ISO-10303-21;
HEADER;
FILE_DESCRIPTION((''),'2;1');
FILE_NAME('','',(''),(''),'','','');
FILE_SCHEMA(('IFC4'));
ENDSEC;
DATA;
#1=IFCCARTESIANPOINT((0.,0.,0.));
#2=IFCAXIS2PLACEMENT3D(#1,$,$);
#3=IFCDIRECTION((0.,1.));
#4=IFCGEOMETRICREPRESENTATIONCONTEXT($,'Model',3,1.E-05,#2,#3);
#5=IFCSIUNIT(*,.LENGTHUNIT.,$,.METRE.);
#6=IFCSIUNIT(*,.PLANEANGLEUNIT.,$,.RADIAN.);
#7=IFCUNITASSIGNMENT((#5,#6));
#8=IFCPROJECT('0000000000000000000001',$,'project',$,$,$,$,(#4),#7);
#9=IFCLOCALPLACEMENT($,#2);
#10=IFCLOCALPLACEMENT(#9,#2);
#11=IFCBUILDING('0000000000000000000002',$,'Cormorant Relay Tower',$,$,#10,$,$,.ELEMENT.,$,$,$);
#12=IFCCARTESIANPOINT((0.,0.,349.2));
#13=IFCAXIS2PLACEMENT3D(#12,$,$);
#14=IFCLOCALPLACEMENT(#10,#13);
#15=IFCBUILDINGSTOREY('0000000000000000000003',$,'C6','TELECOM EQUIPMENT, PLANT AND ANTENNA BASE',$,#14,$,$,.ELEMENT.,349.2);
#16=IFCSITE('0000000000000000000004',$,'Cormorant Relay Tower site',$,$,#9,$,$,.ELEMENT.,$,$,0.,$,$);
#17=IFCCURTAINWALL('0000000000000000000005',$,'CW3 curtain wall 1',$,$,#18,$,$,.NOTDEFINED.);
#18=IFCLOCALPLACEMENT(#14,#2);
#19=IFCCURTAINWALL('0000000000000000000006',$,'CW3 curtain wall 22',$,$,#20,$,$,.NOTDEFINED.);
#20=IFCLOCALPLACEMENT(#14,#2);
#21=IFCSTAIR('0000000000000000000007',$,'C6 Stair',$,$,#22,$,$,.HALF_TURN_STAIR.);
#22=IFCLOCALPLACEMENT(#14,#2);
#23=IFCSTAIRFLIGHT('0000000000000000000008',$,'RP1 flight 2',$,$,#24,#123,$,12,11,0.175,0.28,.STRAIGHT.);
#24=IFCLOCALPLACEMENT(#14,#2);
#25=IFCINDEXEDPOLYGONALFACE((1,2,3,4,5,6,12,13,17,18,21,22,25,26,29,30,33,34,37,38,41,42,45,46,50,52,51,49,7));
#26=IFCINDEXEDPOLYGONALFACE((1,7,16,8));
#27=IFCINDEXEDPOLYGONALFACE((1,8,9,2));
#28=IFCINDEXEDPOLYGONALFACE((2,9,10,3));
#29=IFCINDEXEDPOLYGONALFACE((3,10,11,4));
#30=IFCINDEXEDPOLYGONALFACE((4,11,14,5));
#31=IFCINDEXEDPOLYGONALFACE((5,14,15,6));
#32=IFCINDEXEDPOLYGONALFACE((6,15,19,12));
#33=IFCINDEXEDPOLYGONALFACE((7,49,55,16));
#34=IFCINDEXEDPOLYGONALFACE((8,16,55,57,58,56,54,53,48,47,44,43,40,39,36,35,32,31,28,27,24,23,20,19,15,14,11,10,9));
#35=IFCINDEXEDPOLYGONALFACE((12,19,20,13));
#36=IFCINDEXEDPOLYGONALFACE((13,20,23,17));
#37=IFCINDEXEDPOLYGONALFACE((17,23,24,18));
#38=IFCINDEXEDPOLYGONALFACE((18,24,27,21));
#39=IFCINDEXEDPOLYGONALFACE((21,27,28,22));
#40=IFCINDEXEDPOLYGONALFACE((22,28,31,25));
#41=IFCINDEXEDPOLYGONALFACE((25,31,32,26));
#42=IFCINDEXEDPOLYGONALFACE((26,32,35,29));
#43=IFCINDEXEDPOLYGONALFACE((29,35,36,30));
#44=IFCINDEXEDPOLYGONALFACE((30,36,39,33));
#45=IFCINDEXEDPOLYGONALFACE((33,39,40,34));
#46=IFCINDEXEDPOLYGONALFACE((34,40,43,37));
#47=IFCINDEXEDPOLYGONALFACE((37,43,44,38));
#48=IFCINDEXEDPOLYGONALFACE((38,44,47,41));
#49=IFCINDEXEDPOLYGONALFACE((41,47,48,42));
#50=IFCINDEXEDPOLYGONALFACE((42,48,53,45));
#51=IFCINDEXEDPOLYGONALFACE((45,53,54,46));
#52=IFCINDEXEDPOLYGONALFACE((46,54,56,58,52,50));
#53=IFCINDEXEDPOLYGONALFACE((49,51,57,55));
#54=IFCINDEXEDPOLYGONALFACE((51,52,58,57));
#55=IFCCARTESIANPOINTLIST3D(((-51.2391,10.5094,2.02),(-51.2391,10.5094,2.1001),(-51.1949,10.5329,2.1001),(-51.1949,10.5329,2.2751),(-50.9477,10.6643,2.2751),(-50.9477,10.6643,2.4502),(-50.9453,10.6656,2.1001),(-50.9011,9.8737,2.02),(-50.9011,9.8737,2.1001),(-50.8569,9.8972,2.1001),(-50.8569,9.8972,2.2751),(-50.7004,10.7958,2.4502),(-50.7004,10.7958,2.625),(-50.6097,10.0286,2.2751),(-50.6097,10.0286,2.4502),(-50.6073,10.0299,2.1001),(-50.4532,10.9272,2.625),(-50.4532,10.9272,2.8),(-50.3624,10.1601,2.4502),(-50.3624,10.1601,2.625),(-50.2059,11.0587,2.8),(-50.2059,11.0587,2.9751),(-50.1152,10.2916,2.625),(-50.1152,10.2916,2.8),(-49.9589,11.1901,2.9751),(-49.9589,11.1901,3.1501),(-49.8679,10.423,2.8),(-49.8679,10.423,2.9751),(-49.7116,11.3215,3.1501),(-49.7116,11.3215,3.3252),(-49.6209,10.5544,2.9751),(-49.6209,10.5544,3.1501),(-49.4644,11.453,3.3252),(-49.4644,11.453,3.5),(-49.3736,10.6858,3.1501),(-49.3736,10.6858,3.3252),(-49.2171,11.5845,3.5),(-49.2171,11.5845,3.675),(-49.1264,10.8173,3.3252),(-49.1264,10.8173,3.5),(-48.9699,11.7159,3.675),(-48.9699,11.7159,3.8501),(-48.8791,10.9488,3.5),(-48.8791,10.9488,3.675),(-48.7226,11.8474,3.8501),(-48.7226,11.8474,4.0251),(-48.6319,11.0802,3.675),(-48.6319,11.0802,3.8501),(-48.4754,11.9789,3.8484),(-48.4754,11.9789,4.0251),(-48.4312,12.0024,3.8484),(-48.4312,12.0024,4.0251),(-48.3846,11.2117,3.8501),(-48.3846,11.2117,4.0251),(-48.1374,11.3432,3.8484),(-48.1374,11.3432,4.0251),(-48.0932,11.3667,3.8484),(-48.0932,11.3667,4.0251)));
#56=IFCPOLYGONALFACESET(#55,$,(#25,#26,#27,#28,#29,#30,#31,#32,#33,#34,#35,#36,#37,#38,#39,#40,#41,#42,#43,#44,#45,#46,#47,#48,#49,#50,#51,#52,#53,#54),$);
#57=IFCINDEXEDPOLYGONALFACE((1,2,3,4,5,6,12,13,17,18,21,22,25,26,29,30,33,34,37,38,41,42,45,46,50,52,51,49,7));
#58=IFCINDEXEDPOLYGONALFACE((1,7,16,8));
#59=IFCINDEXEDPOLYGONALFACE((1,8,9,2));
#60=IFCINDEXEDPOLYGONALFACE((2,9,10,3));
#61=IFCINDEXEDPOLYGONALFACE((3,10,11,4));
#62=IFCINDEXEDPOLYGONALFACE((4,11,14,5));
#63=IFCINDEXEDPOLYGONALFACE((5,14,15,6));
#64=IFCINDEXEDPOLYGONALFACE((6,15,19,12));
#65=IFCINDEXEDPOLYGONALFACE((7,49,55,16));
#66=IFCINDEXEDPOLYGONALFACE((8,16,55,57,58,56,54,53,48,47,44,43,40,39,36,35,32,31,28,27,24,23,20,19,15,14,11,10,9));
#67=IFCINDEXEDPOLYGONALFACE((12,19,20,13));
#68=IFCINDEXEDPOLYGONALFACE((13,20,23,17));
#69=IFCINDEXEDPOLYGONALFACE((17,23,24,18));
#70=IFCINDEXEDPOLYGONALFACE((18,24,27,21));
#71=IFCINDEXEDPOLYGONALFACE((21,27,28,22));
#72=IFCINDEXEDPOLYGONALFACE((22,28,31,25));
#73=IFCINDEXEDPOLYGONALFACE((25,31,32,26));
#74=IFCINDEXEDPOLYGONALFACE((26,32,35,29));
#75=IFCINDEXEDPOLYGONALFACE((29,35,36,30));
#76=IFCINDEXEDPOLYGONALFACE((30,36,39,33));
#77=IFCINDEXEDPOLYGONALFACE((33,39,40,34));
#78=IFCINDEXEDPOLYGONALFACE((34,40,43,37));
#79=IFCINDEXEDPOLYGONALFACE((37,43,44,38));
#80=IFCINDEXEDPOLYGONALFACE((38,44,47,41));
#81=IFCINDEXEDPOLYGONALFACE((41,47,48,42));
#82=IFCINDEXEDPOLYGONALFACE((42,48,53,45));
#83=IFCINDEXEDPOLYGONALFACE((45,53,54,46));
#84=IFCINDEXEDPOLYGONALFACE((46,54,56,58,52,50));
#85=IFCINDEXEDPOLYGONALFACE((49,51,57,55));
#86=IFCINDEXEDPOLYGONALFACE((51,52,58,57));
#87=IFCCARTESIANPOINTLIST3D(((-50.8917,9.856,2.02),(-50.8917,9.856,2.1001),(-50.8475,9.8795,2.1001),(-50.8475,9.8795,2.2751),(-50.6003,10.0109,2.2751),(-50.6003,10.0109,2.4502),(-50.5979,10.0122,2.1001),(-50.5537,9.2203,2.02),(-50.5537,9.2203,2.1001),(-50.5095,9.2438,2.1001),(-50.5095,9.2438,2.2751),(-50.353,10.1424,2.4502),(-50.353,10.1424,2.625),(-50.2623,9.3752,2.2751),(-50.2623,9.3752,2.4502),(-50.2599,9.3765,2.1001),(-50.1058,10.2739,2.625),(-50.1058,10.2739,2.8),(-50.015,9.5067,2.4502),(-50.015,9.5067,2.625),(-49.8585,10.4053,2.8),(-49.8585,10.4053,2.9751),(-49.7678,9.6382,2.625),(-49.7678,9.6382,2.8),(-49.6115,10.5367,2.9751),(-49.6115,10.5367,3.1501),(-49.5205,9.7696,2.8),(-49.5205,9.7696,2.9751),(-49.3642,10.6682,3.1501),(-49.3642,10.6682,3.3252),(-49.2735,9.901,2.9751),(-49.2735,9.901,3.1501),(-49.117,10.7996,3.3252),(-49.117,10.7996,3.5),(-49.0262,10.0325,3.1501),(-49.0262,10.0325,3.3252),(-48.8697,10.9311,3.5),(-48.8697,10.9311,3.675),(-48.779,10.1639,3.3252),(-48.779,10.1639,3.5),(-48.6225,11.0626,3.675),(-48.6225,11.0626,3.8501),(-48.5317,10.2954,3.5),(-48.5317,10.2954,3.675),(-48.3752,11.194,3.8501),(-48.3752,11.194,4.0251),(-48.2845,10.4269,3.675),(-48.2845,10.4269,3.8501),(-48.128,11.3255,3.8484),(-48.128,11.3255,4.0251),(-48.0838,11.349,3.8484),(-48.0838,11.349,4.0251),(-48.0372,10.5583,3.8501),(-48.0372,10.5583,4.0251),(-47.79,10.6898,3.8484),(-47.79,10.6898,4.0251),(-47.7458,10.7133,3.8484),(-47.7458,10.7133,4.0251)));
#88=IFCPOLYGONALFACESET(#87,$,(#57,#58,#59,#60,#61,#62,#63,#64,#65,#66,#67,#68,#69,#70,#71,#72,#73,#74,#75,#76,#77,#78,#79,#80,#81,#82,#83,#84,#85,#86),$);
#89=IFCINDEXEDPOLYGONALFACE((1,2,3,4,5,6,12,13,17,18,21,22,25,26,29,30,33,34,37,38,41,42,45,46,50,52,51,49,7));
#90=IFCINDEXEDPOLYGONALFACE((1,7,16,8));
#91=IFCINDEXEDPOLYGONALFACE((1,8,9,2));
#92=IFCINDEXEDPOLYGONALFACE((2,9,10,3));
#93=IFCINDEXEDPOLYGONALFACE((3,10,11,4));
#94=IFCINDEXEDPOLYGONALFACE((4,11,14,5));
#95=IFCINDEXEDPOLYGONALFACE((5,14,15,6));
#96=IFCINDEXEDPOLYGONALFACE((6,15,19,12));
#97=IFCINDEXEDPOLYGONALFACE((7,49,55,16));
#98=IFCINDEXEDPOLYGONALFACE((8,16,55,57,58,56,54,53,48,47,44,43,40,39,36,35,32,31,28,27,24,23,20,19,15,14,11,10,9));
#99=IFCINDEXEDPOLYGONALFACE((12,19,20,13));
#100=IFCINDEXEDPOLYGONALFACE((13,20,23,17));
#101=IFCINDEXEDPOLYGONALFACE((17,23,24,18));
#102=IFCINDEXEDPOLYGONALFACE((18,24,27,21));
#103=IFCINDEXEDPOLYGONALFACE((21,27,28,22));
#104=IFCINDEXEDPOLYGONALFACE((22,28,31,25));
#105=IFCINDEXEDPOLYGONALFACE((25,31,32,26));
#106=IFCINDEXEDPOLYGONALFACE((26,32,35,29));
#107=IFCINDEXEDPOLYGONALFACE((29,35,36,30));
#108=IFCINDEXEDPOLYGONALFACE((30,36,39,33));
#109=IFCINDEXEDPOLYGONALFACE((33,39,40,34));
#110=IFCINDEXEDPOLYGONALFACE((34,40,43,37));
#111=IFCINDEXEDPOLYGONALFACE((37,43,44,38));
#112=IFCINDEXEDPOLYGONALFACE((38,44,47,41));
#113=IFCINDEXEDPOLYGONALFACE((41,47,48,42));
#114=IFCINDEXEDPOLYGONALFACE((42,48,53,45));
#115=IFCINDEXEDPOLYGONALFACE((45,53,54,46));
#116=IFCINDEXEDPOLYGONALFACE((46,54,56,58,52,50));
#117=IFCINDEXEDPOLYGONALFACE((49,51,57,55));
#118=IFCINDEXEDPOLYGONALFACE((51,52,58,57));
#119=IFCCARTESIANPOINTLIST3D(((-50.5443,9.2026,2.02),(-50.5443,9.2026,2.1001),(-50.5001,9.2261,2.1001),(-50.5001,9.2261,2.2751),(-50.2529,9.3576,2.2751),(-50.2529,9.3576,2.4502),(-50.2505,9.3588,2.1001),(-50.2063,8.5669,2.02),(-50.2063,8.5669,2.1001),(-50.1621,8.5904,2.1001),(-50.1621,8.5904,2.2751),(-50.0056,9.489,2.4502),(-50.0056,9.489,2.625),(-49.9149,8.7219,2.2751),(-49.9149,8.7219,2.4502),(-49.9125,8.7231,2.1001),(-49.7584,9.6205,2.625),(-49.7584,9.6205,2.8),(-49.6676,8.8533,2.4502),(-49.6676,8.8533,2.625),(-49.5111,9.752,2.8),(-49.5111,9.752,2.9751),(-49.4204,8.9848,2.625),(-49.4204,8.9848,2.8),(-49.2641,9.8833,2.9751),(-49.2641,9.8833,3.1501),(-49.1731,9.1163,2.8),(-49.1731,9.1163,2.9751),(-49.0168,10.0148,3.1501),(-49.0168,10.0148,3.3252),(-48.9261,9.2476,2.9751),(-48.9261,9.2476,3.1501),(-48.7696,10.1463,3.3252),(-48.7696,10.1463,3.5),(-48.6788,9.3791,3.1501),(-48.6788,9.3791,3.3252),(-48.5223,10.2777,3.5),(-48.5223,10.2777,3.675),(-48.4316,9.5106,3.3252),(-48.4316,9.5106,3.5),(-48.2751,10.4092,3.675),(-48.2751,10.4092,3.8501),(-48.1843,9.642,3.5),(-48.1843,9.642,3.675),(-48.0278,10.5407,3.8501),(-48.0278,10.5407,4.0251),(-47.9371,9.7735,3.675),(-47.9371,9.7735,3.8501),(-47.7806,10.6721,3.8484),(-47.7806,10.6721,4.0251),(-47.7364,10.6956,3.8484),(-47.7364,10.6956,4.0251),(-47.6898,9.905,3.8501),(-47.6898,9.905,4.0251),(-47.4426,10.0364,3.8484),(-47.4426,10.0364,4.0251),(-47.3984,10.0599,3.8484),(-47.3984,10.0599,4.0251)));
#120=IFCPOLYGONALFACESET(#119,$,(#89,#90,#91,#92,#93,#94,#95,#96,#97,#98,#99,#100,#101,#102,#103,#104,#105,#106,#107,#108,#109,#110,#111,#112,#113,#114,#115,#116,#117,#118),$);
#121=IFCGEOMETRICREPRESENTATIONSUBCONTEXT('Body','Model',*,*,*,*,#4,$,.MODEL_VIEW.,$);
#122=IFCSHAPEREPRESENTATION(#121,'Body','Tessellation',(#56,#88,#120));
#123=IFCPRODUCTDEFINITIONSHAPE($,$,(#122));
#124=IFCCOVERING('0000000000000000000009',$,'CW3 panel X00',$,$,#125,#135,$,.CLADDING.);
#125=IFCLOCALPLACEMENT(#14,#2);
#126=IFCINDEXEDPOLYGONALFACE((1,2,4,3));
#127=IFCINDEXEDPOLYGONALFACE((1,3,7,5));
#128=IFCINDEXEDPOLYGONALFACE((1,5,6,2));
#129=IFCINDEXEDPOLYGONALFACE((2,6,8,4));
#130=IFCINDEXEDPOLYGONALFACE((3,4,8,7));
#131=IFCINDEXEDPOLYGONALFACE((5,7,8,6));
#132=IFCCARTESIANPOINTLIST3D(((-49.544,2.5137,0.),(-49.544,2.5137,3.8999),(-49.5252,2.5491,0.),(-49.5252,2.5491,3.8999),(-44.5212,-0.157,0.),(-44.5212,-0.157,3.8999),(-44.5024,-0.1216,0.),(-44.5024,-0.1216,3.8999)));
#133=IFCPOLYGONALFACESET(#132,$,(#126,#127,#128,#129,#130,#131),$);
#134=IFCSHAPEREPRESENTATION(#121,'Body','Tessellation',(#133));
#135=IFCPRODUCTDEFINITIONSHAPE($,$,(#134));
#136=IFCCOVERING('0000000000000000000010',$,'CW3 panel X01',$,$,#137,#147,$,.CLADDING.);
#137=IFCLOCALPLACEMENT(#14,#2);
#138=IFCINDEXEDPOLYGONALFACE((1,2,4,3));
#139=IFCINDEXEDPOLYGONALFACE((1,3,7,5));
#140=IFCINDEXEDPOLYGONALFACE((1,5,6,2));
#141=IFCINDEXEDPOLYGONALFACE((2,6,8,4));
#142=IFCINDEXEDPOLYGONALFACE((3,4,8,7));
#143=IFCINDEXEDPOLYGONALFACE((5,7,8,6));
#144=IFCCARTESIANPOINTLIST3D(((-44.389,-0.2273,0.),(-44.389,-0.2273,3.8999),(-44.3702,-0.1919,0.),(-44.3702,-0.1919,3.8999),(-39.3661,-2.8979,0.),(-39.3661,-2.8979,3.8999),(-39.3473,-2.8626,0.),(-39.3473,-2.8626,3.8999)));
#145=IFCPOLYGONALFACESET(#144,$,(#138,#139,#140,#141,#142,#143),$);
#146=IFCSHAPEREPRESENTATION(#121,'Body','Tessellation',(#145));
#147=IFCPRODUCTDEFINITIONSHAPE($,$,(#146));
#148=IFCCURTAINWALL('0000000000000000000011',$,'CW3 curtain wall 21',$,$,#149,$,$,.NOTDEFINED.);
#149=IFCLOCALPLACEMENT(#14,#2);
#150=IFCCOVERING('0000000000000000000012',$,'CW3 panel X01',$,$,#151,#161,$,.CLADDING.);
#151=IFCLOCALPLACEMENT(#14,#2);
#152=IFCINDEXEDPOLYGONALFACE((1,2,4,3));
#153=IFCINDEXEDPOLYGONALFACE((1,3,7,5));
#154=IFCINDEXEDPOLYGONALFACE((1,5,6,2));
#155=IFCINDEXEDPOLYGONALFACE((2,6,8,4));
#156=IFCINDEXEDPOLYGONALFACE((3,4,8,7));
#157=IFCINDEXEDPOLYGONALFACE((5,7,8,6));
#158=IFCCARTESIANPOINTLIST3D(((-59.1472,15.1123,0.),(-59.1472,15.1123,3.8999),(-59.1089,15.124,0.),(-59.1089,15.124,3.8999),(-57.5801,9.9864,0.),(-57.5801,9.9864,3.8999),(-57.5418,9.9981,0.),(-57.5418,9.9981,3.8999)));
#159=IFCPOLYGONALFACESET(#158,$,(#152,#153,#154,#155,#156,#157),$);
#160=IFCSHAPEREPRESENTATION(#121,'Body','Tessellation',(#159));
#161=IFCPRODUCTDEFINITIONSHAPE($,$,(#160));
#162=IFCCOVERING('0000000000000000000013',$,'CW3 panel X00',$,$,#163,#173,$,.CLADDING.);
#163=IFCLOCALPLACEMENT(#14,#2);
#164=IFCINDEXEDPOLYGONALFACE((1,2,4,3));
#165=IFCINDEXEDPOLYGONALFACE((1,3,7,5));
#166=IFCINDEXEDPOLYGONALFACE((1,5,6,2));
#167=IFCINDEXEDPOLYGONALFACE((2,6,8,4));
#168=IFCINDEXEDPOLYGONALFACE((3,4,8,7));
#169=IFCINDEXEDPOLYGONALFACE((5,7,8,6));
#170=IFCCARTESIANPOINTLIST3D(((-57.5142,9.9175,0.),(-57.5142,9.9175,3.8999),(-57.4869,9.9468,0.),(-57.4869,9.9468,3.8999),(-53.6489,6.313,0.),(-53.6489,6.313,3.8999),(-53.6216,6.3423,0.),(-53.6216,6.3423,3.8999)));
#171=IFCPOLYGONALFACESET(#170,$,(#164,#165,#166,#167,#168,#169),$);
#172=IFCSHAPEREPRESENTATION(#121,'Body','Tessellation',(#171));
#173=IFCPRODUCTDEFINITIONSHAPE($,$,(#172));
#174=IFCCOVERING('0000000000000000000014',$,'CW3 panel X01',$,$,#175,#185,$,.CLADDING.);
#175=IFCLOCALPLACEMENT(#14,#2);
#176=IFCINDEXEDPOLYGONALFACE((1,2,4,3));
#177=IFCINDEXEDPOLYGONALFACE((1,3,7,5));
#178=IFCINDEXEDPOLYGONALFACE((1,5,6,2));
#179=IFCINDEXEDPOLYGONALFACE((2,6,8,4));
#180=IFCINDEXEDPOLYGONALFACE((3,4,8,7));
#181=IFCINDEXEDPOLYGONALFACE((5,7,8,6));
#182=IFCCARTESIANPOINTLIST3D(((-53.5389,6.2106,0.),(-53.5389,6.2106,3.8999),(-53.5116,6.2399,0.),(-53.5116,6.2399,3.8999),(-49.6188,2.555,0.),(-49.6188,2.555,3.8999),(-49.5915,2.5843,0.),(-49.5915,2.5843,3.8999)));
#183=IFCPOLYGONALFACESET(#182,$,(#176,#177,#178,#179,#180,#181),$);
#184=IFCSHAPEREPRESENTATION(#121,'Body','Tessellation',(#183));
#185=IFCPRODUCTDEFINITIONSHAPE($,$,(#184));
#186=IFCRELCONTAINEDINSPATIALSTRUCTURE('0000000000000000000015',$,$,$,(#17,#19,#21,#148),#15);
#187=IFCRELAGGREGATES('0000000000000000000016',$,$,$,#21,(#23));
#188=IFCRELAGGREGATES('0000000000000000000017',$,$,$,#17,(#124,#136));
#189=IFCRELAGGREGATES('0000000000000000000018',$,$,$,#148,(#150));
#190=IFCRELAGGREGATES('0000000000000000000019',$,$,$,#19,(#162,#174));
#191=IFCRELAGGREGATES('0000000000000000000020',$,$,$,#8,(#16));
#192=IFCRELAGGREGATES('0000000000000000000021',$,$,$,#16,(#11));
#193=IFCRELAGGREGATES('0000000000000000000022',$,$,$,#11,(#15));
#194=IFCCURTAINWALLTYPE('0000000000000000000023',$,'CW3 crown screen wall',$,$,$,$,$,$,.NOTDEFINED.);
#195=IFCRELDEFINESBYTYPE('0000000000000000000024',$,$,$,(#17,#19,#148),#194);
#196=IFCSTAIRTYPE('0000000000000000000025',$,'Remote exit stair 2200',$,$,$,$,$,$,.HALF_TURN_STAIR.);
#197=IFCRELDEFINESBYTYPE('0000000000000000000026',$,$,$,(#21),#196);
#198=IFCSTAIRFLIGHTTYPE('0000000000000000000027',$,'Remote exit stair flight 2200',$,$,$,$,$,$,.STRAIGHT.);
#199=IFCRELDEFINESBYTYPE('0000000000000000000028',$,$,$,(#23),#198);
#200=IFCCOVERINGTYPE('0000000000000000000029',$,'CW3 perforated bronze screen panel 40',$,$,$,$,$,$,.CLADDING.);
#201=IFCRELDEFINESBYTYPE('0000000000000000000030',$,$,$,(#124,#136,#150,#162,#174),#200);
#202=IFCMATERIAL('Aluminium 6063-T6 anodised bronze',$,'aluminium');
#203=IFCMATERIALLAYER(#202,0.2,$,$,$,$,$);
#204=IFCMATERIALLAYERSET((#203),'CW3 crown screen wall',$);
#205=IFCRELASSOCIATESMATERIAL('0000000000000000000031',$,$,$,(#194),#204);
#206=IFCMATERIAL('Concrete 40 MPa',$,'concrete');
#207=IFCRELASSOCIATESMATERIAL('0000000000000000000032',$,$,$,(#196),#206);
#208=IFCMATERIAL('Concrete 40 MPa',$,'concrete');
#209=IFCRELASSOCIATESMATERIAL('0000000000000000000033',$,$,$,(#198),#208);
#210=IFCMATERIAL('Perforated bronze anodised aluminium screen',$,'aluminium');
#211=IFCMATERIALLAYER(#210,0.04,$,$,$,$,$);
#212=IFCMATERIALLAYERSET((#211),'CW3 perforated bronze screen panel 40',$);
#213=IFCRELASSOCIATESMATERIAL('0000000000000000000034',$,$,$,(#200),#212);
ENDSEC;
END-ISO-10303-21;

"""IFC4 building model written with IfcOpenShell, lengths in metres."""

from ifc_helpers import new_model, si_unit, direction, frame, origin, origin_2d, place, context, subcontext, project, spatial, polyline, rectangle, outline, extrude, material, layer, layer_set, type_object, element, aggregate, save


model = new_model("IFC4")

# Units and contexts
model_context = context("Model", 3, precision=1e-05, world=origin(), true_north=direction((0.0, 1.0)))
body_context = subcontext(model_context, "Body", "Model", "MODEL_VIEW")
ifc_project = project(units=[si_unit("LENGTHUNIT", "METRE"), si_unit("PLANEANGLEUNIT", "RADIAN")], contexts=[model_context])

# Site, building, storey
site_placement = place(None, origin())
site = spatial("IfcSite", under=ifc_project, at=site_placement, Name="Cormorant Relay Tower site", CompositionType="ELEMENT", RefElevation=0.0)
building_placement = place(site_placement, origin())
building = spatial("IfcBuilding", under=site, at=building_placement, Name="Cormorant Relay Tower", CompositionType="ELEMENT")
storey_placement = place(building_placement, frame((0.0, 0.0, 349.2)))
storey = spatial("IfcBuildingStorey", under=building, at=storey_placement, Name="C6", Description="TELECOM EQUIPMENT, PLANT AND ANTENNA BASE", CompositionType="ELEMENT", Elevation=349.2)

# Curtain walls
ifc_material_1 = material(Name="Aluminium 6063-T6 anodised bronze", Category="aluminium")
ifc_layer_1 = layer(ifc_material_1, 0.2)
ifc_layer_set_1 = layer_set([ifc_layer_1], Name="CW3 crown screen wall")
curtain_wall_type = type_object("IfcCurtainWallType", Name="CW3 crown screen wall", PredefinedType="NOTDEFINED", material=ifc_layer_set_1)
curtain_wall_1_placement = place(storey_placement, origin())
curtain_wall_1 = element("IfcCurtainWall", 1, at=curtain_wall_1_placement, inside=storey, type_object=curtain_wall_type, Name="CW3 curtain wall 1", PredefinedType="NOTDEFINED")
curtain_wall_2_placement = place(storey_placement, origin())
curtain_wall_2 = element("IfcCurtainWall", 2, at=curtain_wall_2_placement, inside=storey, type_object=curtain_wall_type, Name="CW3 curtain wall 22", PredefinedType="NOTDEFINED")

# Stair, stair flight
ifc_material_2 = material(Name="Concrete 40 MPa", Category="concrete")
stair_type_1 = type_object("IfcStairType", Name="Remote exit stair 2200", PredefinedType="HALF_TURN_STAIR", material=ifc_material_2)
stair_1_placement = place(storey_placement, origin())
stair_1 = element("IfcStair", 3, at=stair_1_placement, inside=storey, type_object=stair_type_1, Name="C6 Stair", PredefinedType="HALF_TURN_STAIR")
ifc_material_3 = material(Name="Concrete 40 MPa", Category="concrete")
stair_flight_type_1 = type_object("IfcStairFlightType", Name="Remote exit stair flight 2200", PredefinedType="STRAIGHT", material=ifc_material_3)
stair_flight_1_placement = place(storey_placement, frame((-50.6785, 9.5615, 2.1001), z_axis=(0.0, 0.0, 1.0), x_axis=(0.882948, 0.469472, 0.0)))
stair_flight_1 = element("IfcStairFlight", 4, at=stair_flight_1_placement, type_object=stair_flight_type_1, Name="RP1 flight 2", NumberOfRisers=12, NumberOfTreads=11, PredefinedType="STRAIGHT", RiserHeight=0.175, TreadLength=0.28, context=body_context, shape_type="SweptSolid", body=[
    extrude(outline(polyline([(-0.05, -0.0801), (-0.05, 0.0), (0.0, 0.0), (0.0, 0.175), (0.28, 0.175), (0.28, 0.3501), (0.5601, 0.3501), (0.5601, 0.5249), (0.8401, 0.5249), (0.8401, 0.7), (1.1201, 0.7), (1.1201, 0.875), (1.3999, 0.875), (1.3999, 1.05), (1.6799, 1.05), (1.6799, 1.2251), (1.96, 1.2251), (1.96, 1.3999), (2.24, 1.3999), (2.24, 1.575), (2.52, 1.575), (2.52, 1.75), (2.8, 1.75), (2.8, 1.925), (3.0801, 1.925), (3.1301, 1.925), (3.1301, 1.7483), (3.0801, 1.7483), (0.2827, 0.0), (-0.05, -0.0801)])), frame((0.0, 1.1001, 0.0), z_axis=(0.0, -1.0, 0.0), x_axis=(1.0, 0.0, 0.0)), (0.0, 0.0, 1.0), 0.72),
    extrude(outline(polyline([(-0.05, -0.0801), (-0.05, 0.0), (0.0, 0.0), (0.0, 0.175), (0.28, 0.175), (0.28, 0.3501), (0.5601, 0.3501), (0.5601, 0.5249), (0.8401, 0.5249), (0.8401, 0.7), (1.1201, 0.7), (1.1201, 0.875), (1.3999, 0.875), (1.3999, 1.05), (1.6799, 1.05), (1.6799, 1.2251), (1.96, 1.2251), (1.96, 1.3999), (2.24, 1.3999), (2.24, 1.575), (2.52, 1.575), (2.52, 1.75), (2.8, 1.75), (2.8, 1.925), (3.0801, 1.925), (3.1301, 1.925), (3.1301, 1.7483), (3.0801, 1.7483), (0.2827, 0.0), (-0.05, -0.0801)])), frame((0.0, 0.3601, 0.0), z_axis=(0.0, -1.0, 0.0), x_axis=(1.0, 0.0, 0.0)), (0.0, 0.0, 1.0), 0.72),
    extrude(outline(polyline([(-0.05, -0.0801), (-0.05, 0.0), (0.0, 0.0), (0.0, 0.175), (0.28, 0.175), (0.28, 0.3501), (0.5601, 0.3501), (0.5601, 0.5249), (0.8401, 0.5249), (0.8401, 0.7), (1.1201, 0.7), (1.1201, 0.875), (1.3999, 0.875), (1.3999, 1.05), (1.6799, 1.05), (1.6799, 1.2251), (1.96, 1.2251), (1.96, 1.3999), (2.24, 1.3999), (2.24, 1.575), (2.52, 1.575), (2.52, 1.75), (2.8, 1.75), (2.8, 1.925), (3.0801, 1.925), (3.1301, 1.925), (3.1301, 1.7483), (3.0801, 1.7483), (0.2827, 0.0), (-0.05, -0.0801)])), frame((0.0, -0.3799, 0.0), z_axis=(0.0, -1.0, 0.0), x_axis=(1.0, 0.0, 0.0)), (0.0, 0.0, 1.0), 0.72),
])
aggregate(stair_1, [stair_flight_1])

# Coverings
ifc_material_4 = material(Name="Perforated bronze anodised aluminium screen", Category="aluminium")
ifc_layer_2 = layer(ifc_material_4, 0.04)
ifc_layer_set_2 = layer_set([ifc_layer_2], Name="CW3 perforated bronze screen panel 40")
covering_type = type_object("IfcCoveringType", Name="CW3 perforated bronze screen panel 40", PredefinedType="CLADDING", material=ifc_layer_set_2)
covering_1_placement = place(storey_placement, frame((-47.0232, 1.196, 0.0), z_axis=(0.0, 0.0, 1.0), x_axis=(0.882948, -0.469472, 0.0)))
covering_1 = element("IfcCovering", 5, at=covering_1_placement, type_object=covering_type, Name="CW3 panel X00", PredefinedType="CLADDING", context=body_context, shape_type="SweptSolid", body=[
    extrude(rectangle(XDim=5.6887, YDim=0.04, at=origin_2d()), origin(), (0.0, 0.0, 1.0), 3.8999),
])
covering_2_placement = place(storey_placement, frame((-41.8682, -1.5449, 0.0), z_axis=(0.0, 0.0, 1.0), x_axis=(0.882948, -0.469472, 0.0)))
covering_2 = element("IfcCovering", 6, at=covering_2_placement, type_object=covering_type, Name="CW3 panel X01", PredefinedType="CLADDING", context=body_context, shape_type="SweptSolid", body=[
    extrude(rectangle(XDim=5.6887, YDim=0.04, at=origin_2d()), origin(), (0.0, 0.0, 1.0), 3.8999),
])
aggregate(curtain_wall_1, [covering_1, covering_2])

# Curtain wall, covering
curtain_wall_3_placement = place(storey_placement, origin())
curtain_wall_3 = element("IfcCurtainWall", 7, at=curtain_wall_3_placement, inside=storey, type_object=curtain_wall_type, Name="CW3 curtain wall 21", PredefinedType="NOTDEFINED")
covering_3_placement = place(storey_placement, frame((-58.3445, 12.5552, 0.0), z_axis=(0.0, 0.0, 1.0), x_axis=(0.292372, -0.956305, 0.0)))
covering_3 = element("IfcCovering", 8, at=covering_3_placement, type_object=covering_type, Name="CW3 panel X01", PredefinedType="CLADDING", context=body_context, shape_type="SweptSolid", body=[
    extrude(rectangle(XDim=5.3601, YDim=0.04, at=origin_2d()), origin(), (0.0, 0.0, 1.0), 3.8999),
])
aggregate(curtain_wall_3, [covering_3])

# Coverings
covering_4_placement = place(storey_placement, frame((-55.5679, 8.1299, 0.0), z_axis=(0.0, 0.0, 1.0), x_axis=(0.731354, -0.681998, 0.0)))
covering_4 = element("IfcCovering", 9, at=covering_4_placement, type_object=covering_type, Name="CW3 panel X00", PredefinedType="CLADDING", context=body_context, shape_type="SweptSolid", body=[
    extrude(rectangle(XDim=5.2852, YDim=0.04, at=origin_2d()), origin(), (0.0, 0.0, 1.0), 3.8999),
])
covering_5_placement = place(storey_placement, frame((-51.5652, 4.3975, 0.0), z_axis=(0.0, 0.0, 1.0), x_axis=(0.731354, -0.681998, 0.0)))
covering_5 = element("IfcCovering", 10, at=covering_5_placement, type_object=covering_type, Name="CW3 panel X01", PredefinedType="CLADDING", context=body_context, shape_type="SweptSolid", body=[
    extrude(rectangle(XDim=5.3601, YDim=0.04, at=origin_2d()), origin(), (0.0, 0.0, 1.0), 3.8999),
])
aggregate(curtain_wall_2, [covering_4, covering_5])

save(model, "model.ifc")
